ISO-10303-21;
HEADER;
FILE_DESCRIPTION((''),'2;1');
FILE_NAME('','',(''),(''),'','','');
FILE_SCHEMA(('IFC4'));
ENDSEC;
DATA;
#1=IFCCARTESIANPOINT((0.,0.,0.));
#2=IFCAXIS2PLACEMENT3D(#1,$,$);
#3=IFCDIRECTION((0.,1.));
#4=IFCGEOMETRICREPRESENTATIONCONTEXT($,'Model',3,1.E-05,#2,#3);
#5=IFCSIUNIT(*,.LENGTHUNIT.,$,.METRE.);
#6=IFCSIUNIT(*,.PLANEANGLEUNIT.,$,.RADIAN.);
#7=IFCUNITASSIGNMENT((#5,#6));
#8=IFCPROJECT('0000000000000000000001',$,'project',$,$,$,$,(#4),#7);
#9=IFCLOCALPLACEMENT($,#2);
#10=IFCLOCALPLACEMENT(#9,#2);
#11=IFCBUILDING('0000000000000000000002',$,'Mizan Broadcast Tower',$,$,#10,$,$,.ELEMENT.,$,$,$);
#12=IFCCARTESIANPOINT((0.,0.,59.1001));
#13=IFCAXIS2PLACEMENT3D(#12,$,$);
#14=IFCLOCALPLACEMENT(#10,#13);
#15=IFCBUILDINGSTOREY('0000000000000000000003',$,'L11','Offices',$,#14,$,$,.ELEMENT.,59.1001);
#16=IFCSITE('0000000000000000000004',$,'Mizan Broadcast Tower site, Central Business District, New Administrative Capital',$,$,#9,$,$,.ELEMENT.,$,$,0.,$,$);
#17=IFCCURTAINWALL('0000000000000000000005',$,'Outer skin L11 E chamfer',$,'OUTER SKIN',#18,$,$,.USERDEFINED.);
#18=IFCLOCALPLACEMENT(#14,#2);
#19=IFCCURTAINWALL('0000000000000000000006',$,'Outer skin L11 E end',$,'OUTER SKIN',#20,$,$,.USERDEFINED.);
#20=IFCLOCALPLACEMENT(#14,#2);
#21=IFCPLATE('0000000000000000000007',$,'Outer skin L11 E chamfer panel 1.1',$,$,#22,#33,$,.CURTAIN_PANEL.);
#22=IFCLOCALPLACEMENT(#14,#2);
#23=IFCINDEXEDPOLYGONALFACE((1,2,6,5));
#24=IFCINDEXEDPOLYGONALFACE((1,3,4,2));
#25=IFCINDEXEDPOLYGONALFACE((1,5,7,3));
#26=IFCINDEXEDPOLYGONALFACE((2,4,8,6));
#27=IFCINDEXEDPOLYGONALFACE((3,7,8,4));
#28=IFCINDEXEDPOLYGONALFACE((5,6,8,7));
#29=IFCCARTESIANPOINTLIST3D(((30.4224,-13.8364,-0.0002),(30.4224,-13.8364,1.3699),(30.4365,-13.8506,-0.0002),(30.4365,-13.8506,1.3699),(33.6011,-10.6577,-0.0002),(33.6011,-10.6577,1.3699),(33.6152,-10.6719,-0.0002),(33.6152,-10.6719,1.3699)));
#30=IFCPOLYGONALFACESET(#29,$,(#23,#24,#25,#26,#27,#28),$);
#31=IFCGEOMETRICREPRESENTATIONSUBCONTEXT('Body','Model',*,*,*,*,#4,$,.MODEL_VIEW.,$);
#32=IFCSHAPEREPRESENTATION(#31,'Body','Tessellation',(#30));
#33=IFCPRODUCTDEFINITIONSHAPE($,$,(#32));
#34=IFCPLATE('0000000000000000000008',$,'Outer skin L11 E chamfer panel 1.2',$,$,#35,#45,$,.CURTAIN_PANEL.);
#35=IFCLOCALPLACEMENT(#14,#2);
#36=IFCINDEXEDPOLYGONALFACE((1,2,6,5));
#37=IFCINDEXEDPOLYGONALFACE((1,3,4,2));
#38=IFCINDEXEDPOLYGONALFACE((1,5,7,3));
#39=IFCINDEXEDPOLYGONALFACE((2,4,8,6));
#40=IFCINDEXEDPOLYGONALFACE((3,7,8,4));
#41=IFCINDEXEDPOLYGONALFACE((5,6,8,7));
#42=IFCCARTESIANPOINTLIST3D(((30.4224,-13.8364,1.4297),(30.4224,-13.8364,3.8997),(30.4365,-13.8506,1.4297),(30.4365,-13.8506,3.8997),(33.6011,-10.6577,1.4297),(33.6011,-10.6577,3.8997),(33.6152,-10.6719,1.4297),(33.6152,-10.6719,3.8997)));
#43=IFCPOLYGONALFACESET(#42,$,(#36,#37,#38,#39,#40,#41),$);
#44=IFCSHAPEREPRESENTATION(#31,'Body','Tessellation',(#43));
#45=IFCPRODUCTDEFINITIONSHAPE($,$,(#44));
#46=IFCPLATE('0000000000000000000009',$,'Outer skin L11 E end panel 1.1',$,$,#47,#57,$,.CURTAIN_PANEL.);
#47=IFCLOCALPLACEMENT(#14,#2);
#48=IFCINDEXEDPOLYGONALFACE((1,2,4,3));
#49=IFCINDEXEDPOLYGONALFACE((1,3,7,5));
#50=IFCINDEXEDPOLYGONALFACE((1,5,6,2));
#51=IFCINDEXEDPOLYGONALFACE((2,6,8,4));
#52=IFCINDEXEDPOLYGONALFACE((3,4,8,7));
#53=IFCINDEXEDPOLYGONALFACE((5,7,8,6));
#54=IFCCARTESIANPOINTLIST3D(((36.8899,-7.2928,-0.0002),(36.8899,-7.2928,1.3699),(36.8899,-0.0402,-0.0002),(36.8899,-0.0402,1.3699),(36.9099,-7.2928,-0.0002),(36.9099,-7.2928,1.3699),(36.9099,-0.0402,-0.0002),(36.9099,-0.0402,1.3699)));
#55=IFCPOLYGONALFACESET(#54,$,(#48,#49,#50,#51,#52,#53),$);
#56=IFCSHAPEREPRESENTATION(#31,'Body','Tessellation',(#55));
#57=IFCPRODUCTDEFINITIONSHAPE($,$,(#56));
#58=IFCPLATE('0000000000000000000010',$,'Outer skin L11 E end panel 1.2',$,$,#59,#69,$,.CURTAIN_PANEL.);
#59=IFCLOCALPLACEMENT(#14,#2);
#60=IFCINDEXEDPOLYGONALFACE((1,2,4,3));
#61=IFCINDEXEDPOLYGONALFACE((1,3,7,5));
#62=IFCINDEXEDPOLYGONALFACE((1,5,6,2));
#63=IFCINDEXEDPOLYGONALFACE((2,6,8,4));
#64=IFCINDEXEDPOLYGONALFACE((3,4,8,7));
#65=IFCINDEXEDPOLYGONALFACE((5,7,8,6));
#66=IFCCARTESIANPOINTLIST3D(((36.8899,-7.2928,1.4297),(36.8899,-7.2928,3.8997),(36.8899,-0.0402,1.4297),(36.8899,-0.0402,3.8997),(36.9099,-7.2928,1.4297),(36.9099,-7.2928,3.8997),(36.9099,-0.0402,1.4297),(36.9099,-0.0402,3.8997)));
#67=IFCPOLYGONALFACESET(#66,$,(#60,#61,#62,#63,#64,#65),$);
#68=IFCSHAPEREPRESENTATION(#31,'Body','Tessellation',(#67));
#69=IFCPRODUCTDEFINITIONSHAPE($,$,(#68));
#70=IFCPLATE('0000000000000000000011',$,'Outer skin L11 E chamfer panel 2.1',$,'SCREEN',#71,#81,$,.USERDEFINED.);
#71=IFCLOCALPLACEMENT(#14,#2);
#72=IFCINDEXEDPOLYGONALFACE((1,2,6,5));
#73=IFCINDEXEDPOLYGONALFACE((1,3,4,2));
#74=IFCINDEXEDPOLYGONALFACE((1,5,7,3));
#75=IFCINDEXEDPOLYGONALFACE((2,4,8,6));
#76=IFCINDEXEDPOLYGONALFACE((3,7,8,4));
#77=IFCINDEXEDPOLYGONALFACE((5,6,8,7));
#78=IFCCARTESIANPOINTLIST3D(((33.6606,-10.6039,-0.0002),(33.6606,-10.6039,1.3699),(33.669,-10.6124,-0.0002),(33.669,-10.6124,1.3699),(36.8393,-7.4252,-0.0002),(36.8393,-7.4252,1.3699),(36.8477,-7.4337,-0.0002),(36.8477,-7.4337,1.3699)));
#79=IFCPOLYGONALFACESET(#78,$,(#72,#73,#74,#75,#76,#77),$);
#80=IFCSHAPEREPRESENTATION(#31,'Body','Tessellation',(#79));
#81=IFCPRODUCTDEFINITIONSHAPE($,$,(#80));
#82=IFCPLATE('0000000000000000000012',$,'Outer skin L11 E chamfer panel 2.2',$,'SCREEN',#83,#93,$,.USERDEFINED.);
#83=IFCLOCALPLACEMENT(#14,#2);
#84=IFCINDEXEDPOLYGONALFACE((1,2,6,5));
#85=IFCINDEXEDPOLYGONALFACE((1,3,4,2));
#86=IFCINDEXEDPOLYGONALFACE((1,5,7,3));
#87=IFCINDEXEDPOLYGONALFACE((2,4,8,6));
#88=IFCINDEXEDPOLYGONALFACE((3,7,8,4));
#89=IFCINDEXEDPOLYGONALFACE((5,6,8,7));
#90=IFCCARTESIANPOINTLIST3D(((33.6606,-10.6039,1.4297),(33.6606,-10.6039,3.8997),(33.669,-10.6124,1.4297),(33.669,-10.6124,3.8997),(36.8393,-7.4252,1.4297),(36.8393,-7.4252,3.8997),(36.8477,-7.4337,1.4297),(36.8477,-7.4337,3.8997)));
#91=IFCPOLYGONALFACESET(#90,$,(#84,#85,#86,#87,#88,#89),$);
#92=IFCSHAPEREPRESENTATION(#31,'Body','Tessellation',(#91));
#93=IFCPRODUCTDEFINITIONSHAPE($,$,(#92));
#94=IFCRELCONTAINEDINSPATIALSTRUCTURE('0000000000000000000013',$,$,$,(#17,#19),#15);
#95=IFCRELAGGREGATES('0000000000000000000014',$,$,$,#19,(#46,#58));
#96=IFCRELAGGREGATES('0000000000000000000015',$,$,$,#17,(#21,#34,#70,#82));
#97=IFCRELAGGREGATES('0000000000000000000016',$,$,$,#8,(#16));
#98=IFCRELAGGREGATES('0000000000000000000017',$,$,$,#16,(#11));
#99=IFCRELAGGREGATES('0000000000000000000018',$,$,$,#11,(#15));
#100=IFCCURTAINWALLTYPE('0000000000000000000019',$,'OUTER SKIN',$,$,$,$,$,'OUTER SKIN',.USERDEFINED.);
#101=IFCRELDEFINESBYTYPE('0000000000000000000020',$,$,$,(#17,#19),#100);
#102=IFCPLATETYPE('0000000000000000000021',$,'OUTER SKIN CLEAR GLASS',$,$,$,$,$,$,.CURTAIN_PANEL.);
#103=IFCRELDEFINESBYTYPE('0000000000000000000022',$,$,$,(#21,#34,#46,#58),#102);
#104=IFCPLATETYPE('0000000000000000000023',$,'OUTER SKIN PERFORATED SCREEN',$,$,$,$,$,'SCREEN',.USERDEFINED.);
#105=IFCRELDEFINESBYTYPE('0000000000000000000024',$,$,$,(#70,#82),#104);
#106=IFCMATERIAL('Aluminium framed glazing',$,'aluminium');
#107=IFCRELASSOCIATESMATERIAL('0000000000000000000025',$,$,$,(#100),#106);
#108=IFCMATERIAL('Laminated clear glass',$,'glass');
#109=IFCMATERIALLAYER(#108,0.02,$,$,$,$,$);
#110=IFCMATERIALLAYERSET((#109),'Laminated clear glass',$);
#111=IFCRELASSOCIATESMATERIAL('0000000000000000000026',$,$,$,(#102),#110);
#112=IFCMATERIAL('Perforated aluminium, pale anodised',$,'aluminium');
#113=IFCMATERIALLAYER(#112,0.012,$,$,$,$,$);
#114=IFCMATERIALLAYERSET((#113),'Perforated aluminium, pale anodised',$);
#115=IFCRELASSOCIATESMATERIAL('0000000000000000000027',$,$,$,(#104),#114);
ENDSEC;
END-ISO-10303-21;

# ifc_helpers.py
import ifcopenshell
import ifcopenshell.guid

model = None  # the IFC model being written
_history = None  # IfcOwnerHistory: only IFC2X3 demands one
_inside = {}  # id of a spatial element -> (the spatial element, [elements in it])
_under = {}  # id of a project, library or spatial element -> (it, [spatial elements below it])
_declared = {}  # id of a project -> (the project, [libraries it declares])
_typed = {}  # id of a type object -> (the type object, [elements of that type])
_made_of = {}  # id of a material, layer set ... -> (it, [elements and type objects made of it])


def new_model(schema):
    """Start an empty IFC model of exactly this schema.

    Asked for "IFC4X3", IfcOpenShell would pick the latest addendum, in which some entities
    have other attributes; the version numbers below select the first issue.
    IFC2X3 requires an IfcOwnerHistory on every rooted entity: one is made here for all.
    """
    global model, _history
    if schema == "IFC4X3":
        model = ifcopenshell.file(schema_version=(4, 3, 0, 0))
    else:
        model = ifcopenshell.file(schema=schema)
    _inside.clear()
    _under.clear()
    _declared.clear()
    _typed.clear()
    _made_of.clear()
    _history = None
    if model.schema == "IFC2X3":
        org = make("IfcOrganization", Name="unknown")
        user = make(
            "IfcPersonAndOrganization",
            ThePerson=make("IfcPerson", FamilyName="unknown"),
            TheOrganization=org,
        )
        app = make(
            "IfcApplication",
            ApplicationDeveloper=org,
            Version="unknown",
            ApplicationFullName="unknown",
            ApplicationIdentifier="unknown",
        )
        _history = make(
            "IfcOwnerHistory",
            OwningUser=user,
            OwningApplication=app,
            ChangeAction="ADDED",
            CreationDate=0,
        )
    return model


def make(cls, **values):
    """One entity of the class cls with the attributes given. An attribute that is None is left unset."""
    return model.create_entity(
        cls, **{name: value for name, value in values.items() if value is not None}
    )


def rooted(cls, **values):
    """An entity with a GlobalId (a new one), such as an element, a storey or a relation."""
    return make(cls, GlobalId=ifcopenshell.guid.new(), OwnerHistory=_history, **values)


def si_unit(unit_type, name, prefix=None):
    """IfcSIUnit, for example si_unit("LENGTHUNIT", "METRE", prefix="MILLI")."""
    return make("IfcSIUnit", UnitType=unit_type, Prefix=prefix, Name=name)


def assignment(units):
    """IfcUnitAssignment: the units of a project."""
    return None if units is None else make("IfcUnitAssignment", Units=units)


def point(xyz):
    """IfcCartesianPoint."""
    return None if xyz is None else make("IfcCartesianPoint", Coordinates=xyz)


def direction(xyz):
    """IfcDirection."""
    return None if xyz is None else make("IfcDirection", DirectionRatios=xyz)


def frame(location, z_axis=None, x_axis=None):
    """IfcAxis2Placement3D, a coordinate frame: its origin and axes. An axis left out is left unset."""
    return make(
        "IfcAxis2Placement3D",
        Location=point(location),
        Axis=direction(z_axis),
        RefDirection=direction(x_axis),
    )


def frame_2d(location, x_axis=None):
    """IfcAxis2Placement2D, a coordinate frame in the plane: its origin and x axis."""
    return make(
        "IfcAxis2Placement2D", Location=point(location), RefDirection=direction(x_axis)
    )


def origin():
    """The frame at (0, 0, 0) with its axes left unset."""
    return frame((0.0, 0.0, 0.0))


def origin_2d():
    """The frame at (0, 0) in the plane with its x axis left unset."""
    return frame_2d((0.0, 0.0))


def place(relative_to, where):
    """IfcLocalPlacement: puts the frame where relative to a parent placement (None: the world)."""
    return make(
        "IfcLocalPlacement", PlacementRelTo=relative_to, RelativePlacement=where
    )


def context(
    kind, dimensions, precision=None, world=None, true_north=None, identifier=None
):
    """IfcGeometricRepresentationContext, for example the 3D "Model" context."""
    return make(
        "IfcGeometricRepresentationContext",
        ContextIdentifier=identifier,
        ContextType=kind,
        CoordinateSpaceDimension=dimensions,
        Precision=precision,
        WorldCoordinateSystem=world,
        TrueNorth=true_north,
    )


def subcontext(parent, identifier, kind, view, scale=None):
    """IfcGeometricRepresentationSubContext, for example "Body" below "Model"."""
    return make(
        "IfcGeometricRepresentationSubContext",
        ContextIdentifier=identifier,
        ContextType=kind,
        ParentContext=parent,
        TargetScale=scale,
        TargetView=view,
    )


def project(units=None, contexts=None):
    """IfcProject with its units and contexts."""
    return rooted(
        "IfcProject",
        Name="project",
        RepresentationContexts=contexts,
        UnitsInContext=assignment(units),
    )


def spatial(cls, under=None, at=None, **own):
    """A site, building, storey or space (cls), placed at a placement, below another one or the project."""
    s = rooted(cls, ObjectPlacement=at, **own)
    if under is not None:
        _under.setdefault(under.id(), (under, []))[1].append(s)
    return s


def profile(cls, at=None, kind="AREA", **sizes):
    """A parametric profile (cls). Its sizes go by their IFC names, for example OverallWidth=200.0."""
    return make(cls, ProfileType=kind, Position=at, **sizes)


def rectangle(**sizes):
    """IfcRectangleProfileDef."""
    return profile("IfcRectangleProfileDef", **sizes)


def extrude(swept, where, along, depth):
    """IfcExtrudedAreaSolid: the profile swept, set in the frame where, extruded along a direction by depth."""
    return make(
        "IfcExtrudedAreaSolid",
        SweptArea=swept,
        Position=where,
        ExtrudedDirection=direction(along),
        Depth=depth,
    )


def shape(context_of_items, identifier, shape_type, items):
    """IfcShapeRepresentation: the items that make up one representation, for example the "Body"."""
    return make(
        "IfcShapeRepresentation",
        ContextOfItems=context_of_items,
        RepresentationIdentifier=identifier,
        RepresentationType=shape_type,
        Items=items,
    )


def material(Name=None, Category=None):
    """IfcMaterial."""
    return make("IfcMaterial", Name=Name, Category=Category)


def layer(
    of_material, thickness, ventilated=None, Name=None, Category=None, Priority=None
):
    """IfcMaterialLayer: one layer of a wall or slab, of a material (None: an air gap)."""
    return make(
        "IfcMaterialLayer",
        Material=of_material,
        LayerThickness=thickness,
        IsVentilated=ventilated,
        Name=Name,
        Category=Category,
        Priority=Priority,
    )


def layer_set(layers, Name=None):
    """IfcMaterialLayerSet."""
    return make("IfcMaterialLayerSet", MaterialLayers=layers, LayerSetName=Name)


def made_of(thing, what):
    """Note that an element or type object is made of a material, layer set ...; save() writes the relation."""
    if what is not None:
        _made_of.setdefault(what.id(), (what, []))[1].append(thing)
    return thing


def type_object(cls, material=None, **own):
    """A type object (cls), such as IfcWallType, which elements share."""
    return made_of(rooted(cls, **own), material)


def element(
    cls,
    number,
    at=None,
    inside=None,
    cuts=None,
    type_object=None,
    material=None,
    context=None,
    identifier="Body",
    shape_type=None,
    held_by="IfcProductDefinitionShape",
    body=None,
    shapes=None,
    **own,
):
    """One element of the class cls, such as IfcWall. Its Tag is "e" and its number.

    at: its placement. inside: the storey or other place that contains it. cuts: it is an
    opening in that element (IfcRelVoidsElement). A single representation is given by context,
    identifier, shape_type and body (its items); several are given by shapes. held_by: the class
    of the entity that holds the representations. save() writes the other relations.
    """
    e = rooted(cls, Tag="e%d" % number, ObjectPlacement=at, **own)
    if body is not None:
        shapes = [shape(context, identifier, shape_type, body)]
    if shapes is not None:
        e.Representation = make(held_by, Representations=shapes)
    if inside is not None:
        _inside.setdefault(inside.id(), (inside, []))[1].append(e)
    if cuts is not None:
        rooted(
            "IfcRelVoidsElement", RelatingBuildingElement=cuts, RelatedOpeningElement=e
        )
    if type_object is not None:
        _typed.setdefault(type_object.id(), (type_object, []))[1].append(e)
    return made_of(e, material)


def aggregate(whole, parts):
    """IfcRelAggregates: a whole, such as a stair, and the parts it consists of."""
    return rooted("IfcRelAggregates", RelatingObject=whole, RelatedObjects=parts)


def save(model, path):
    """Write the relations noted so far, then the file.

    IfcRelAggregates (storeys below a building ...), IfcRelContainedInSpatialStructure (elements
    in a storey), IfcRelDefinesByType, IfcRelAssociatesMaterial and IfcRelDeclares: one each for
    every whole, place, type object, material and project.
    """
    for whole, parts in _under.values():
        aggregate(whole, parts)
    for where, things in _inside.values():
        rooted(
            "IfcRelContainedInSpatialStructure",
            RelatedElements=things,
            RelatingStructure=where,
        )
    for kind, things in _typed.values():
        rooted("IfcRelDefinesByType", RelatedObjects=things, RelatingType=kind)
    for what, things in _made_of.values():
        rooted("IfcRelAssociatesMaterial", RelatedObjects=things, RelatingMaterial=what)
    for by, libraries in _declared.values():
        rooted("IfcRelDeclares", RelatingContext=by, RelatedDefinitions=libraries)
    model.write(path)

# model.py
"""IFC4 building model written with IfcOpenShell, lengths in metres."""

from ifc_helpers import new_model, si_unit, direction, frame, origin, origin_2d, place, context, subcontext, project, spatial, rectangle, extrude, material, layer, layer_set, type_object, element, aggregate, save


model = new_model("IFC4")

# Units and contexts
model_context = context("Model", 3, precision=1e-05, world=origin(), true_north=direction((0.0, 1.0)))
body_context = subcontext(model_context, "Body", "Model", "MODEL_VIEW")
ifc_project = project(units=[si_unit("LENGTHUNIT", "METRE"), si_unit("PLANEANGLEUNIT", "RADIAN")], contexts=[model_context])

# Site, building, storey
site_placement = place(None, origin())
site = spatial("IfcSite", under=ifc_project, at=site_placement, Name="Mizan Broadcast Tower site, Central Business District, New Administrative Capital", CompositionType="ELEMENT", RefElevation=0.0)
building_placement = place(site_placement, origin())
building = spatial("IfcBuilding", under=site, at=building_placement, Name="Mizan Broadcast Tower", CompositionType="ELEMENT")
storey_placement = place(building_placement, frame((0.0, 0.0, 59.1001)))
storey = spatial("IfcBuildingStorey", under=building, at=storey_placement, Name="L11", Description="Offices", CompositionType="ELEMENT", Elevation=59.1001)

# Curtain wall
ifc_material_1 = material(Name="Aluminium framed glazing", Category="aluminium")
curtain_wall_type_1 = type_object("IfcCurtainWallType", Name="OUTER SKIN", ElementType="OUTER SKIN", PredefinedType="USERDEFINED", material=ifc_material_1)
curtain_wall_1_placement = place(storey_placement, origin())
curtain_wall_1 = element("IfcCurtainWall", 1, at=curtain_wall_1_placement, inside=storey, type_object=curtain_wall_type_1, Name="Outer skin L11 E chamfer", ObjectType="OUTER SKIN", PredefinedType="USERDEFINED")

# Curtain wall
curtain_wall_2_placement = place(storey_placement, origin())
curtain_wall_2 = element("IfcCurtainWall", 2, at=curtain_wall_2_placement, inside=storey, type_object=curtain_wall_type_1, Name="Outer skin L11 E end", ObjectType="OUTER SKIN", PredefinedType="USERDEFINED")

# Plates
ifc_material_2 = material(Name="Laminated clear glass", Category="glass")
ifc_layer_1 = layer(ifc_material_2, 0.02)
ifc_layer_set_1 = layer_set([ifc_layer_1], Name="Laminated clear glass")
plate_type_1 = type_object("IfcPlateType", Name="OUTER SKIN CLEAR GLASS", PredefinedType="CURTAIN_PANEL", material=ifc_layer_set_1)
plate_1_placement = place(storey_placement, frame((32.0188, -12.2542, -0.0002), z_axis=(0.0, 0.0, 1.0), x_axis=(0.707107, 0.707107, 0.0)))
plate_1 = element("IfcPlate", 3, at=plate_1_placement, type_object=plate_type_1, Name="Outer skin L11 E chamfer panel 1.1", PredefinedType="CURTAIN_PANEL", context=body_context, shape_type="SweptSolid", body=[
    extrude(rectangle(XDim=4.4954, YDim=0.02, at=origin_2d()), origin(), (0.0, 0.0, 1.0), 1.3701),
])
plate_2_placement = place(storey_placement, frame((32.0188, -12.2542, 1.4297), z_axis=(0.0, 0.0, 1.0), x_axis=(0.707107, 0.707107, 0.0)))
plate_2 = element("IfcPlate", 4, at=plate_2_placement, type_object=plate_type_1, Name="Outer skin L11 E chamfer panel 1.2", PredefinedType="CURTAIN_PANEL", context=body_context, shape_type="SweptSolid", body=[
    extrude(rectangle(XDim=4.4954, YDim=0.02, at=origin_2d()), origin(), (0.0, 0.0, 1.0), 2.47),
])
plate_3_placement = place(storey_placement, frame((36.8999, -3.6665, -0.0002), z_axis=(0.0, 0.0, 1.0), x_axis=(0.0, 1.0, 0.0)))
plate_3 = element("IfcPlate", 5, at=plate_3_placement, type_object=plate_type_1, Name="Outer skin L11 E end panel 1.1", PredefinedType="CURTAIN_PANEL", context=body_context, shape_type="SweptSolid", body=[
    extrude(rectangle(XDim=7.2527, YDim=0.02, at=origin_2d()), origin(), (0.0, 0.0, 1.0), 1.3701),
])
plate_4_placement = place(storey_placement, frame((36.8999, -3.6665, 1.4297), z_axis=(0.0, 0.0, 1.0), x_axis=(0.0, 1.0, 0.0)))
plate_4 = element("IfcPlate", 6, at=plate_4_placement, type_object=plate_type_1, Name="Outer skin L11 E end panel 1.2", PredefinedType="CURTAIN_PANEL", context=body_context, shape_type="SweptSolid", body=[
    extrude(rectangle(XDim=7.2527, YDim=0.02, at=origin_2d()), origin(), (0.0, 0.0, 1.0), 2.47),
])
aggregate(curtain_wall_2, [plate_3, plate_4])
ifc_material_3 = material(Name="Perforated aluminium, pale anodised", Category="aluminium")
ifc_layer_2 = layer(ifc_material_3, 0.012)
ifc_layer_set_2 = layer_set([ifc_layer_2], Name="Perforated aluminium, pale anodised")
plate_type_2 = type_object("IfcPlateType", Name="OUTER SKIN PERFORATED SCREEN", ElementType="SCREEN", PredefinedType="USERDEFINED", material=ifc_layer_set_2)
plate_5_placement = place(storey_placement, frame((35.2542, -9.0188, -0.0002), z_axis=(0.0, 0.0, 1.0), x_axis=(0.707107, 0.707107, 0.0)))
plate_5 = element("IfcPlate", 7, at=plate_5_placement, type_object=plate_type_2, Name="Outer skin L11 E chamfer panel 2.1", ObjectType="SCREEN", PredefinedType="USERDEFINED", context=body_context, shape_type="SweptSolid", body=[
    extrude(rectangle(XDim=4.4954, YDim=0.012, at=origin_2d()), origin(), (0.0, 0.0, 1.0), 1.3701),
])
plate_6_placement = place(storey_placement, frame((35.2542, -9.0188, 1.4297), z_axis=(0.0, 0.0, 1.0), x_axis=(0.707107, 0.707107, 0.0)))
plate_6 = element("IfcPlate", 8, at=plate_6_placement, type_object=plate_type_2, Name="Outer skin L11 E chamfer panel 2.2", ObjectType="SCREEN", PredefinedType="USERDEFINED", context=body_context, shape_type="SweptSolid", body=[
    extrude(rectangle(XDim=4.4954, YDim=0.012, at=origin_2d()), origin(), (0.0, 0.0, 1.0), 2.47),
])
aggregate(curtain_wall_1, [plate_1, plate_2, plate_5, plate_6])

save(model, "model.ifc")
